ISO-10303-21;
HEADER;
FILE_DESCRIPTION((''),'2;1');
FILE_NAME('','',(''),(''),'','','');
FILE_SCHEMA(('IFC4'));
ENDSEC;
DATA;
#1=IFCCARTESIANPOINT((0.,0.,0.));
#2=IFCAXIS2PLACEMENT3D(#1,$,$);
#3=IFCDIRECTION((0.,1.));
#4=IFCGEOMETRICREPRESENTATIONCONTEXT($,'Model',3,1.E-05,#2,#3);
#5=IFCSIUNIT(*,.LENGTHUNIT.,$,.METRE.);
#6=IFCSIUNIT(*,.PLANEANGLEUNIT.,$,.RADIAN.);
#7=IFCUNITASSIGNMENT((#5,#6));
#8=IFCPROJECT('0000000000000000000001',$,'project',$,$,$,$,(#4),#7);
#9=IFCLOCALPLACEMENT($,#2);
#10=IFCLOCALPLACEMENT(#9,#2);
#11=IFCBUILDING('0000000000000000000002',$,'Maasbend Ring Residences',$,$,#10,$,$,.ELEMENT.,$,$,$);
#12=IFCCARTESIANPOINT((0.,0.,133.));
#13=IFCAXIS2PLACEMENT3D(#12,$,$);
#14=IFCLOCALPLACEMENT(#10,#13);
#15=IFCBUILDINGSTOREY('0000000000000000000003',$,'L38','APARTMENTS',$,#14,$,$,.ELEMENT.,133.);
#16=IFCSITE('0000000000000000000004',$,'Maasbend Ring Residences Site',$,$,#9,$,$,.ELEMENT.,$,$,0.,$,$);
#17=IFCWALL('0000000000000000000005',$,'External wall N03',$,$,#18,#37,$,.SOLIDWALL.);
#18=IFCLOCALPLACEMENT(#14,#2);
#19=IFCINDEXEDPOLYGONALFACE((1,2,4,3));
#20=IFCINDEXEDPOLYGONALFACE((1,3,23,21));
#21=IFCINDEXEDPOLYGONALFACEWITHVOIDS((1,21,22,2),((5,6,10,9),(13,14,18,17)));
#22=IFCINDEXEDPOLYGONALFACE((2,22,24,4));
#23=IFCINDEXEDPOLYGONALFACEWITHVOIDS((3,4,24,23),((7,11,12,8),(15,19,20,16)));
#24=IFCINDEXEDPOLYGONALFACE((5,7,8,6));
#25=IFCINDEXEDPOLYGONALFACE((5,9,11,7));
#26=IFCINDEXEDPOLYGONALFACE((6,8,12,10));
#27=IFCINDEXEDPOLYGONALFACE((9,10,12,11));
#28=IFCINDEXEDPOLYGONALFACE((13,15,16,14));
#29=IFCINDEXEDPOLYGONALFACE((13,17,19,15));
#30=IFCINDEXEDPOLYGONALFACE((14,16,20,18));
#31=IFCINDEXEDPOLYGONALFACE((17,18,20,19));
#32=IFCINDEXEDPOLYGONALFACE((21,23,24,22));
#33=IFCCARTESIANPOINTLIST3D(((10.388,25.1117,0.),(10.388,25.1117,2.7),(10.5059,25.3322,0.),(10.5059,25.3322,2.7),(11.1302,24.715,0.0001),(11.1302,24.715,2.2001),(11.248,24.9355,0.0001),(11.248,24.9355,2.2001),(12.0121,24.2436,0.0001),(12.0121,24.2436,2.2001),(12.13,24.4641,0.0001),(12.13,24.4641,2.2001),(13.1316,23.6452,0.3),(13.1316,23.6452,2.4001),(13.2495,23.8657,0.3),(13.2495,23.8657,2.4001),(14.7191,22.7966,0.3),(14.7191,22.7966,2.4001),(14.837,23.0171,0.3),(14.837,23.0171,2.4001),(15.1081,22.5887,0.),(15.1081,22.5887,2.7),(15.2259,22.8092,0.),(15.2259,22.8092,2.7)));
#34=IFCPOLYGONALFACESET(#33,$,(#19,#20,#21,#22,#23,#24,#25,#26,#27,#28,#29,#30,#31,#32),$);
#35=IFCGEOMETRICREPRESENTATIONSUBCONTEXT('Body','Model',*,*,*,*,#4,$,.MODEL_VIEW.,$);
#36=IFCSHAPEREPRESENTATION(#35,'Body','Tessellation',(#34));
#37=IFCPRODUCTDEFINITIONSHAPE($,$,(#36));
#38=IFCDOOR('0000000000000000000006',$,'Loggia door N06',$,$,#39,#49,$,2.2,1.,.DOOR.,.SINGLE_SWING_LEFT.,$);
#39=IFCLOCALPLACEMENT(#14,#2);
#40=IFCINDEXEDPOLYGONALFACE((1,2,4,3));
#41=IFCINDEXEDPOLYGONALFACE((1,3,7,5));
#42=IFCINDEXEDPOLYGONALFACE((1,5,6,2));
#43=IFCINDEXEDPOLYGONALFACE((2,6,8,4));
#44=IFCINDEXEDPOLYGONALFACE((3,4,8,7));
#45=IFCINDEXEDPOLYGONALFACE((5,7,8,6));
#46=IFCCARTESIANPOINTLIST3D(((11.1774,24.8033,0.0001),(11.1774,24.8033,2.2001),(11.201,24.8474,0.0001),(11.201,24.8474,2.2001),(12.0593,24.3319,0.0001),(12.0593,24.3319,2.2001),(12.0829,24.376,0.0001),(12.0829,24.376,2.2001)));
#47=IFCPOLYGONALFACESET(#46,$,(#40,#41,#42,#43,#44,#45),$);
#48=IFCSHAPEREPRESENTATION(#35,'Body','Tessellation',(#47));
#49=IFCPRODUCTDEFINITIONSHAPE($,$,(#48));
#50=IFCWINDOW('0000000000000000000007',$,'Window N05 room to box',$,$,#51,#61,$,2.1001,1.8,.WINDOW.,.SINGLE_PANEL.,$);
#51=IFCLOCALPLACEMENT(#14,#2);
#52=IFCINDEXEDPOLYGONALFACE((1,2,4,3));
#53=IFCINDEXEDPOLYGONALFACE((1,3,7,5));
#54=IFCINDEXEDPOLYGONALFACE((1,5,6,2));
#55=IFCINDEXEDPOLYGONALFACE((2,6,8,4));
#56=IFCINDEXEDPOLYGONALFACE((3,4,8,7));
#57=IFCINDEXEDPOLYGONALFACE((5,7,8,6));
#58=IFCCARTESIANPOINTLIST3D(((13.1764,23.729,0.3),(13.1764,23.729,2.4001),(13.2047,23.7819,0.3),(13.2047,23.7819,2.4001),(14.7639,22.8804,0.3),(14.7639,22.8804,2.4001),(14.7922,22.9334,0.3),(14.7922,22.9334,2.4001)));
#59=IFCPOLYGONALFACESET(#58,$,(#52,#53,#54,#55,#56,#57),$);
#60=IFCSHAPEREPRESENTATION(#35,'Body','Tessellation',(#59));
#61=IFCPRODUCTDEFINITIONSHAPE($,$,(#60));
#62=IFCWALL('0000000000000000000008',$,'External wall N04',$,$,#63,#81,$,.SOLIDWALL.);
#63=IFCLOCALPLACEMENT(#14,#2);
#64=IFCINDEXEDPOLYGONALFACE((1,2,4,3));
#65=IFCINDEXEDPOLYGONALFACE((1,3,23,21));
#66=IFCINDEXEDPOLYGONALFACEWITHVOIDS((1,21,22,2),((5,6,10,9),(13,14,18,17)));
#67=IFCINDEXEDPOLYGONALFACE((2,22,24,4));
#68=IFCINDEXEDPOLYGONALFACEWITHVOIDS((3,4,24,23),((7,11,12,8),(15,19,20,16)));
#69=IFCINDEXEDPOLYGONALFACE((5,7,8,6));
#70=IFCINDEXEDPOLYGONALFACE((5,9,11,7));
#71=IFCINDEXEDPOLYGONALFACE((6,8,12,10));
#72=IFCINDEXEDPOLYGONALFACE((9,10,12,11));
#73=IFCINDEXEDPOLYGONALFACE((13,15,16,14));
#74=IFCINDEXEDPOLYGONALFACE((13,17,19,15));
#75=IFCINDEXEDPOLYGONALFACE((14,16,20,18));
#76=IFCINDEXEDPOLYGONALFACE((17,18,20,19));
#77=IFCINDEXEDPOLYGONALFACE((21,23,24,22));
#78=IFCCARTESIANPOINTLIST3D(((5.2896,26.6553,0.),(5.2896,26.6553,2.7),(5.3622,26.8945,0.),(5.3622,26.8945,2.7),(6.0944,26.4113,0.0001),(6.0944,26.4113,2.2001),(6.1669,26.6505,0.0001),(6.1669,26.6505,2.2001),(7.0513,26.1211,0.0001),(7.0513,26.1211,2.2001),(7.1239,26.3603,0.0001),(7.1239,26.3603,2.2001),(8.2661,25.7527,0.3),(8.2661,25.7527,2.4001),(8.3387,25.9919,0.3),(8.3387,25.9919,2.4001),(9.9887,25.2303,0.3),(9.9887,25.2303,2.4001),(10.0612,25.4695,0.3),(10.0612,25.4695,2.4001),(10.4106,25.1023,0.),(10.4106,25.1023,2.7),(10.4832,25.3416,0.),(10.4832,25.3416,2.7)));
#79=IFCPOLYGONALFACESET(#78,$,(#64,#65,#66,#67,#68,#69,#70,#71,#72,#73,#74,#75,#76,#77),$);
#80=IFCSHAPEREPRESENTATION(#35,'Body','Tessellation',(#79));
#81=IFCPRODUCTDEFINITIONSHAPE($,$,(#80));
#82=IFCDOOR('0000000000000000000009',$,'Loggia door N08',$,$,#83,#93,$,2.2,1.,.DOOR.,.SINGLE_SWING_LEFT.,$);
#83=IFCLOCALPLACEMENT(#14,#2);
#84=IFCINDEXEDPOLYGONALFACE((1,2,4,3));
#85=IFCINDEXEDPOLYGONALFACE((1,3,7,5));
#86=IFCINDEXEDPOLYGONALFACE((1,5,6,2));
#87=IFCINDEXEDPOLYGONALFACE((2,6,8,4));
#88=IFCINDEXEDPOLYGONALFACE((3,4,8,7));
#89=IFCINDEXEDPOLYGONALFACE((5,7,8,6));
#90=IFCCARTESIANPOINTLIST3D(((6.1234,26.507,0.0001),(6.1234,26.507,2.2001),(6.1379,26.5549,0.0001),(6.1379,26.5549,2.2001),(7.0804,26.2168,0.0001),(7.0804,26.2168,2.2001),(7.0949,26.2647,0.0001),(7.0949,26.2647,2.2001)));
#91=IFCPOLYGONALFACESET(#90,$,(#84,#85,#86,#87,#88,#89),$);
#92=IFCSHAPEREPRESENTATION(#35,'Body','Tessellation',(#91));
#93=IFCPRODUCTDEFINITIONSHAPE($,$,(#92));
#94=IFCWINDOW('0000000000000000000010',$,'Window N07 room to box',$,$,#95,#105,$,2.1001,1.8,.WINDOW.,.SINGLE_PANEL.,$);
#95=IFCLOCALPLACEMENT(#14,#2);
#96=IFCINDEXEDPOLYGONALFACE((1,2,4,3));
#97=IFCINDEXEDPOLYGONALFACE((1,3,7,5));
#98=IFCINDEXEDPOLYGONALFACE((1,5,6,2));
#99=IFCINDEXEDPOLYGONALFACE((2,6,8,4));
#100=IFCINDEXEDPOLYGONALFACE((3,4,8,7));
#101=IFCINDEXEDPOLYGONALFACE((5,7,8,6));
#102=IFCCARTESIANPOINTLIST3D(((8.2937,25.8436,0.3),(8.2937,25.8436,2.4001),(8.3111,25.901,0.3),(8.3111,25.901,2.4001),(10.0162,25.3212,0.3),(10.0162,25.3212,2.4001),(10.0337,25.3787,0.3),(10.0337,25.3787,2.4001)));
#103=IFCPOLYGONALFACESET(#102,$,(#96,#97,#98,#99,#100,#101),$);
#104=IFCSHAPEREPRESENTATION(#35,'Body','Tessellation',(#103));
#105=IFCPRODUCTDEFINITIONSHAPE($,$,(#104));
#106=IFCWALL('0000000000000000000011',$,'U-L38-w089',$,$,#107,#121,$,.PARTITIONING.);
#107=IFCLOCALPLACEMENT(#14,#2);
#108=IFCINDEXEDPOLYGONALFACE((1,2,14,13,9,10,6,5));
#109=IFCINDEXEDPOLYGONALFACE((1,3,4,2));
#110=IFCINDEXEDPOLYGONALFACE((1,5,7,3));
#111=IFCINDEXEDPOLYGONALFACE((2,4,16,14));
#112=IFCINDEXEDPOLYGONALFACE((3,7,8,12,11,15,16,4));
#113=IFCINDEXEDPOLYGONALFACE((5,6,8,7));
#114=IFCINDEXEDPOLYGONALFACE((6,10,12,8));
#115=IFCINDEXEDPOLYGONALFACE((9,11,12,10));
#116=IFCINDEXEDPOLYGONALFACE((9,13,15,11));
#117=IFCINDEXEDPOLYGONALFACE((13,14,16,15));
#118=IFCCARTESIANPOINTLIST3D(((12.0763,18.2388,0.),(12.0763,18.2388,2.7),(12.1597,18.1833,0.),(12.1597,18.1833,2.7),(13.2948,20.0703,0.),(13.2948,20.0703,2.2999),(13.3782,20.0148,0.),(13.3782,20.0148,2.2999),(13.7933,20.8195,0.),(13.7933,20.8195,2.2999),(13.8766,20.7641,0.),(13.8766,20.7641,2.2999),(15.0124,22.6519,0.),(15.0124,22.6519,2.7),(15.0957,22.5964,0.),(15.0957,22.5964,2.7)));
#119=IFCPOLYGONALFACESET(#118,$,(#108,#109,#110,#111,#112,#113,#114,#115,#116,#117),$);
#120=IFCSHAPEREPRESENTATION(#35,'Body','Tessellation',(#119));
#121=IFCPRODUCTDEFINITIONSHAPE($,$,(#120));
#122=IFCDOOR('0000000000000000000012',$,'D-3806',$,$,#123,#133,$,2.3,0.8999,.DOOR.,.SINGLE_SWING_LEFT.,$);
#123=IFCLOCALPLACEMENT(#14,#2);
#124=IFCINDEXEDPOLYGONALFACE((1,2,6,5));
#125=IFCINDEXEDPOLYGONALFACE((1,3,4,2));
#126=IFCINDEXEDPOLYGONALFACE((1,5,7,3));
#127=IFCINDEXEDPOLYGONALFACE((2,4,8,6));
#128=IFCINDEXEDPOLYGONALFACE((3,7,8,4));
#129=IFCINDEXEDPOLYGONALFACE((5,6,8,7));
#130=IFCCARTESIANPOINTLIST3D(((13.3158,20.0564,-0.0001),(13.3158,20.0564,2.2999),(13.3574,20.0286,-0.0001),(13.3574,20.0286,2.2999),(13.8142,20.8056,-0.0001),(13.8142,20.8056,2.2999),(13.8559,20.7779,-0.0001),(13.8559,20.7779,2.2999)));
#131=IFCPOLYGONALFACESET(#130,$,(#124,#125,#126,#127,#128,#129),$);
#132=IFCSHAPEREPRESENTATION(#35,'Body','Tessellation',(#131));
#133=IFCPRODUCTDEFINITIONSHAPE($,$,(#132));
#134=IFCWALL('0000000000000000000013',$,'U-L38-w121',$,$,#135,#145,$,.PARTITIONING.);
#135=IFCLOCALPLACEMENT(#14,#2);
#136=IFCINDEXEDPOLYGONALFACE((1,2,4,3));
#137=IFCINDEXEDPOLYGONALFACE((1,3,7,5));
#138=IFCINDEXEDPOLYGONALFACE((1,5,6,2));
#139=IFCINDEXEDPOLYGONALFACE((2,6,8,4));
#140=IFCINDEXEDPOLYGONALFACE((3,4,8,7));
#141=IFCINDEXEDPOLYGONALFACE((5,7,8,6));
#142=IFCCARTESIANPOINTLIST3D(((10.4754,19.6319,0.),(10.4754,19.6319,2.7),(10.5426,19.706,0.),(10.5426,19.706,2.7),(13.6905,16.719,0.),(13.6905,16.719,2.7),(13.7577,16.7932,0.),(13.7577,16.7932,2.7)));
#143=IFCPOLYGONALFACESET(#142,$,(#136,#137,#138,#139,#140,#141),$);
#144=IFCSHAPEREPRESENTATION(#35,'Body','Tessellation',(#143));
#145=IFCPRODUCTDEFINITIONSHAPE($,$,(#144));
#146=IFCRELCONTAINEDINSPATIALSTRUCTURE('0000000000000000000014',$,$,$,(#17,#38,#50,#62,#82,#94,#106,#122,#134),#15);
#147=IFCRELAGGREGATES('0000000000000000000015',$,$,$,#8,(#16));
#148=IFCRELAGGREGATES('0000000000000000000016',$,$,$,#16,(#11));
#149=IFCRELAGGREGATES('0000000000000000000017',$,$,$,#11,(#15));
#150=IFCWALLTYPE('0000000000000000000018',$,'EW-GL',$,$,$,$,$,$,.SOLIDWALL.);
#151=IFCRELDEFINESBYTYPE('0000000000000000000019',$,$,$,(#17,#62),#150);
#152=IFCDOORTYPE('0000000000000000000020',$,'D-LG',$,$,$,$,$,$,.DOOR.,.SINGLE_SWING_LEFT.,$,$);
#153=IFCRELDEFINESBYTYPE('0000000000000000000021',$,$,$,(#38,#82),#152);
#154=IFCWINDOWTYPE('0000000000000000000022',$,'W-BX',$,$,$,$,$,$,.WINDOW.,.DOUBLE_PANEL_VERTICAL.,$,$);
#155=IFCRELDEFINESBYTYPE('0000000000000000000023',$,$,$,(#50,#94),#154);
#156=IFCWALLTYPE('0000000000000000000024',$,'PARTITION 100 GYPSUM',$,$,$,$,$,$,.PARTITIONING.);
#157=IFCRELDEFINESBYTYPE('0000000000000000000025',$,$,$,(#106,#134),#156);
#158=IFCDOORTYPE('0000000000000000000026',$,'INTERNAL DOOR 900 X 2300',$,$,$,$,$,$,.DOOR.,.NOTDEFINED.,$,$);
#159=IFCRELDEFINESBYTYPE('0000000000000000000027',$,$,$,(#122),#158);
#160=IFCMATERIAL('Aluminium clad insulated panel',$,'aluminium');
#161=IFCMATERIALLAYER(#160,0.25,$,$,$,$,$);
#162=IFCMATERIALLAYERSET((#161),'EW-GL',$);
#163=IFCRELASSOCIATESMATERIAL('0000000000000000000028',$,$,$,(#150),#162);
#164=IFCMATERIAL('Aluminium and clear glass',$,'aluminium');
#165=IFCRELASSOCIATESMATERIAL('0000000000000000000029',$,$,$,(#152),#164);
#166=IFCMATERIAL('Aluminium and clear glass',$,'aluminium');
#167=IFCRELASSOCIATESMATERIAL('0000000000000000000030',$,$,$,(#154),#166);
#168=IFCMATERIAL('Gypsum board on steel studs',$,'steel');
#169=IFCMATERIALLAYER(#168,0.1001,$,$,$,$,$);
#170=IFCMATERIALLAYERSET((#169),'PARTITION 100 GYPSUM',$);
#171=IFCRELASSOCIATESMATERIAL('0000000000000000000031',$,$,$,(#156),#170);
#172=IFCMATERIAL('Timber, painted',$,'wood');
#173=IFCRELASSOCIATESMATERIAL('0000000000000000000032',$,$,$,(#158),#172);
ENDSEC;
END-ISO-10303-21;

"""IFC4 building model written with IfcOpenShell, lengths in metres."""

from ifc_helpers import new_model, si_unit, direction, frame, frame_2d, origin, place, context, subcontext, project, spatial, rectangle, extrude, material, layer, layer_set, type_object, element, fill, save


model = new_model("IFC4")

# Units and contexts
model_context = context("Model", 3, precision=1e-05, world=origin(), true_north=direction((0.0, 1.0)))
body_context = subcontext(model_context, "Body", "Model", "MODEL_VIEW")
ifc_project = project(units=[si_unit("LENGTHUNIT", "METRE"), si_unit("PLANEANGLEUNIT", "RADIAN")], contexts=[model_context])

# Site, building, storey
site_placement = place(None, origin())
site = spatial("IfcSite", under=ifc_project, at=site_placement, Name="Maasbend Ring Residences Site", CompositionType="ELEMENT", RefElevation=0.0)
building_placement = place(site_placement, origin())
building = spatial("IfcBuilding", under=site, at=building_placement, Name="Maasbend Ring Residences", CompositionType="ELEMENT")
storey_placement = place(building_placement, frame((0.0, 0.0, 133.0)))
storey = spatial("IfcBuildingStorey", under=building, at=storey_placement, Name="L38", Description="APARTMENTS", CompositionType="ELEMENT", Elevation=133.0)

# Walls, openings, doors, windows
ifc_material_1 = material(Name="Aluminium clad insulated panel", Category="aluminium")
ifc_layer_1 = layer(ifc_material_1, 0.25)
ifc_layer_set_1 = layer_set([ifc_layer_1], Name="EW-GL")
wall_type_1 = type_object("IfcWallType", Name="EW-GL", PredefinedType="SOLIDWALL", material=ifc_layer_set_1)
ifc_material_2 = material(Name="Aluminium and clear glass", Category="aluminium")
door_type_1 = type_object("IfcDoorType", Name="D-LG", OperationType="SINGLE_SWING_LEFT", PredefinedType="DOOR", material=ifc_material_2)
ifc_material_3 = material(Name="Aluminium and clear glass", Category="aluminium")
window_type_1 = type_object("IfcWindowType", Name="W-BX", PartitioningType="DOUBLE_PANEL_VERTICAL", PredefinedType="WINDOW", material=ifc_material_3)
wall_1_placement = place(storey_placement, frame((15.167, 22.699, 0.0), z_axis=(0.0, 0.0, 1.0), x_axis=(-0.881916, 0.471407, 0.0)))
wall_1 = element("IfcWall", 1, at=wall_1_placement, inside=storey, type_object=wall_type_1, Name="External wall N03", PredefinedType="SOLIDWALL", context=body_context, shape_type="SweptSolid", body=[
    extrude(rectangle(XDim=5.3521, YDim=0.25, at=frame_2d((2.676, 0.0))), origin(), (0.0, 0.0, 1.0), 2.7),
])
opening_1_placement = place(wall_1_placement, frame((0.4412, 0.0, 0.3)))
opening_1 = element("IfcOpeningElement", 2, at=opening_1_placement, cuts=wall_1, PredefinedType="OPENING", context=body_context, shape_type="SweptSolid", body=[
    extrude(rectangle(XDim=1.8, YDim=2.1001, at=frame_2d((0.8999, 1.05))), frame((0.0, 0.135, 0.0), z_axis=(0.0, -1.0, 0.0), x_axis=(1.0, 0.0, 0.0)), (0.0, 0.0, 1.0), 0.27),
])
opening_2_placement = place(wall_1_placement, frame((3.5105, 0.0, 0.0)))
opening_2 = element("IfcOpeningElement", 3, at=opening_2_placement, cuts=wall_1, PredefinedType="OPENING", context=body_context, shape_type="SweptSolid", body=[
    extrude(rectangle(XDim=1.0, YDim=2.2, at=frame_2d((0.5, 1.1001))), frame((0.0, 0.135, 0.0), z_axis=(0.0, -1.0, 0.0), x_axis=(1.0, 0.0, 0.0)), (0.0, 0.0, 1.0), 0.27),
])
door_1_placement = place(opening_2_placement, origin())
door_1 = element("IfcDoor", 4, at=door_1_placement, inside=storey, type_object=door_type_1, Name="Loggia door N06", OperationType="SINGLE_SWING_LEFT", OverallHeight=2.2, OverallWidth=1.0, PredefinedType="DOOR", context=body_context, shape_type="SweptSolid", body=[
    extrude(rectangle(XDim=1.0, YDim=2.2, at=frame_2d((0.5, 1.1001))), frame((0.0, 0.0249, 0.0), z_axis=(0.0, -1.0, 0.0), x_axis=(1.0, 0.0, 0.0)), (0.0, 0.0, 1.0), 0.05),
])
fill(opening_2, door_1)
window_1_placement = place(opening_1_placement, origin())
window_1 = element("IfcWindow", 5, at=window_1_placement, inside=storey, type_object=window_type_1, Name="Window N05 room to box", OverallHeight=2.1001, OverallWidth=1.8, PartitioningType="SINGLE_PANEL", PredefinedType="WINDOW", context=body_context, shape_type="SweptSolid", body=[
    extrude(rectangle(XDim=1.8, YDim=2.1001, at=frame_2d((0.8999, 1.05))), frame((0.0, 0.03, 0.0), z_axis=(0.0, -1.0, 0.0), x_axis=(1.0, 0.0, 0.0)), (0.0, 0.0, 1.0), 0.0601),
])
fill(opening_1, window_1)
wall_2_placement = place(storey_placement, frame((10.447, 25.2219, 0.0), z_axis=(0.0, 0.0, 1.0), x_axis=(-0.956966, 0.290201, 0.0)))
wall_2 = element("IfcWall", 6, at=wall_2_placement, inside=storey, type_object=wall_type_1, Name="External wall N04", PredefinedType="SOLIDWALL", context=body_context, shape_type="SweptSolid", body=[
    extrude(rectangle(XDim=5.3513, YDim=0.25, at=frame_2d((2.6758, 0.0))), origin(), (0.0, 0.0, 1.0), 2.7),
])
opening_3_placement = place(wall_2_placement, frame((0.4412, 0.0, 0.3)))
opening_3 = element("IfcOpeningElement", 7, at=opening_3_placement, cuts=wall_2, PredefinedType="OPENING", context=body_context, shape_type="SweptSolid", body=[
    extrude(rectangle(XDim=1.8, YDim=2.1001, at=frame_2d((0.8999, 1.05))), frame((0.0, 0.135, 0.0), z_axis=(0.0, -1.0, 0.0), x_axis=(1.0, 0.0, 0.0)), (0.0, 0.0, 1.0), 0.27),
])
opening_4_placement = place(wall_2_placement, frame((3.5105, 0.0, 0.0)))
opening_4 = element("IfcOpeningElement", 8, at=opening_4_placement, cuts=wall_2, PredefinedType="OPENING", context=body_context, shape_type="SweptSolid", body=[
    extrude(rectangle(XDim=1.0, YDim=2.2, at=frame_2d((0.5, 1.1001))), frame((0.0, 0.135, 0.0), z_axis=(0.0, -1.0, 0.0), x_axis=(1.0, 0.0, 0.0)), (0.0, 0.0, 1.0), 0.27),
])
door_2_placement = place(opening_4_placement, origin())
door_2 = element("IfcDoor", 9, at=door_2_placement, inside=storey, type_object=door_type_1, Name="Loggia door N08", OperationType="SINGLE_SWING_LEFT", OverallHeight=2.2, OverallWidth=1.0, PredefinedType="DOOR", context=body_context, shape_type="SweptSolid", body=[
    extrude(rectangle(XDim=1.0, YDim=2.2, at=frame_2d((0.5, 1.1001))), frame((0.0, 0.0249, 0.0), z_axis=(0.0, -1.0, 0.0), x_axis=(1.0, 0.0, 0.0)), (0.0, 0.0, 1.0), 0.05),
])
fill(opening_4, door_2)
window_2_placement = place(opening_3_placement, origin())
window_2 = element("IfcWindow", 10, at=window_2_placement, inside=storey, type_object=window_type_1, Name="Window N07 room to box", OverallHeight=2.1001, OverallWidth=1.8, PartitioningType="SINGLE_PANEL", PredefinedType="WINDOW", context=body_context, shape_type="SweptSolid", body=[
    extrude(rectangle(XDim=1.8, YDim=2.1001, at=frame_2d((0.8999, 1.05))), frame((0.0, 0.03, 0.0), z_axis=(0.0, -1.0, 0.0), x_axis=(1.0, 0.0, 0.0)), (0.0, 0.0, 1.0), 0.0601),
])
fill(opening_3, window_2)

# Wall, opening, door
ifc_material_4 = material(Name="Gypsum board on steel studs", Category="steel")
ifc_layer_2 = layer(ifc_material_4, 0.1001)
ifc_layer_set_2 = layer_set([ifc_layer_2], Name="PARTITION 100 GYPSUM")
wall_type_2 = type_object("IfcWallType", Name="PARTITION 100 GYPSUM", PredefinedType="PARTITIONING", material=ifc_layer_set_2)
wall_3_placement = place(storey_placement, frame((12.1179, 18.2109, 0.0), z_axis=(0.0, 0.0, 1.0), x_axis=(0.553913, 0.832574, 0.0)))
wall_3 = element("IfcWall", 11, at=wall_3_placement, inside=storey, type_object=wall_type_2, Name="U-L38-w089", PredefinedType="PARTITIONING", context=body_context, shape_type="SweptSolid", body=[
    extrude(rectangle(XDim=5.3005, YDim=0.1001, at=frame_2d((2.6504, 0.0))), origin(), (0.0, 0.0, 1.0), 2.7),
])
opening_5_placement = place(wall_3_placement, frame((2.2, 0.0, 0.0)))
opening_5 = element("IfcOpeningElement", 12, at=opening_5_placement, cuts=wall_3, PredefinedType="OPENING", context=body_context, shape_type="SweptSolid", body=[
    extrude(rectangle(XDim=0.8999, YDim=2.3, at=frame_2d((0.45, 1.1499))), frame((0.0, 0.0601, 0.0), z_axis=(0.0, -1.0, 0.0), x_axis=(1.0, 0.0, 0.0)), (0.0, 0.0, 1.0), 0.1201),
])
ifc_material_5 = material(Name="Timber, painted", Category="wood")
door_type_2 = type_object("IfcDoorType", Name="INTERNAL DOOR 900 X 2300", OperationType="NOTDEFINED", PredefinedType="DOOR", material=ifc_material_5)
door_3_placement = place(opening_5_placement, origin())
door_3 = element("IfcDoor", 13, at=door_3_placement, inside=storey, type_object=door_type_2, Name="D-3806", OperationType="SINGLE_SWING_LEFT", OverallHeight=2.3, OverallWidth=0.8999, PredefinedType="DOOR", context=body_context, shape_type="SweptSolid", body=[
    extrude(rectangle(XDim=0.8999, YDim=2.3, at=frame_2d((0.45, 1.1499))), frame((0.0, 0.0249, 0.0), z_axis=(0.0, -1.0, 0.0), x_axis=(1.0, 0.0, 0.0)), (0.0, 0.0, 1.0), 0.05),
])
fill(opening_5, door_3)

# Wall
wall_4_placement = place(storey_placement, frame((10.509, 19.6689, 0.0), z_axis=(0.0, 0.0, 1.0), x_axis=(0.741082, -0.671414, 0.0)))
element("IfcWall", 14, at=wall_4_placement, inside=storey, type_object=wall_type_2, Name="U-L38-w121", PredefinedType="PARTITIONING", context=body_context, shape_type="SweptSolid", body=[
    extrude(rectangle(XDim=4.3384, YDim=0.1001, at=frame_2d((2.1692, 0.0))), origin(), (0.0, 0.0, 1.0), 2.7),
])

save(model, "model.ifc")
